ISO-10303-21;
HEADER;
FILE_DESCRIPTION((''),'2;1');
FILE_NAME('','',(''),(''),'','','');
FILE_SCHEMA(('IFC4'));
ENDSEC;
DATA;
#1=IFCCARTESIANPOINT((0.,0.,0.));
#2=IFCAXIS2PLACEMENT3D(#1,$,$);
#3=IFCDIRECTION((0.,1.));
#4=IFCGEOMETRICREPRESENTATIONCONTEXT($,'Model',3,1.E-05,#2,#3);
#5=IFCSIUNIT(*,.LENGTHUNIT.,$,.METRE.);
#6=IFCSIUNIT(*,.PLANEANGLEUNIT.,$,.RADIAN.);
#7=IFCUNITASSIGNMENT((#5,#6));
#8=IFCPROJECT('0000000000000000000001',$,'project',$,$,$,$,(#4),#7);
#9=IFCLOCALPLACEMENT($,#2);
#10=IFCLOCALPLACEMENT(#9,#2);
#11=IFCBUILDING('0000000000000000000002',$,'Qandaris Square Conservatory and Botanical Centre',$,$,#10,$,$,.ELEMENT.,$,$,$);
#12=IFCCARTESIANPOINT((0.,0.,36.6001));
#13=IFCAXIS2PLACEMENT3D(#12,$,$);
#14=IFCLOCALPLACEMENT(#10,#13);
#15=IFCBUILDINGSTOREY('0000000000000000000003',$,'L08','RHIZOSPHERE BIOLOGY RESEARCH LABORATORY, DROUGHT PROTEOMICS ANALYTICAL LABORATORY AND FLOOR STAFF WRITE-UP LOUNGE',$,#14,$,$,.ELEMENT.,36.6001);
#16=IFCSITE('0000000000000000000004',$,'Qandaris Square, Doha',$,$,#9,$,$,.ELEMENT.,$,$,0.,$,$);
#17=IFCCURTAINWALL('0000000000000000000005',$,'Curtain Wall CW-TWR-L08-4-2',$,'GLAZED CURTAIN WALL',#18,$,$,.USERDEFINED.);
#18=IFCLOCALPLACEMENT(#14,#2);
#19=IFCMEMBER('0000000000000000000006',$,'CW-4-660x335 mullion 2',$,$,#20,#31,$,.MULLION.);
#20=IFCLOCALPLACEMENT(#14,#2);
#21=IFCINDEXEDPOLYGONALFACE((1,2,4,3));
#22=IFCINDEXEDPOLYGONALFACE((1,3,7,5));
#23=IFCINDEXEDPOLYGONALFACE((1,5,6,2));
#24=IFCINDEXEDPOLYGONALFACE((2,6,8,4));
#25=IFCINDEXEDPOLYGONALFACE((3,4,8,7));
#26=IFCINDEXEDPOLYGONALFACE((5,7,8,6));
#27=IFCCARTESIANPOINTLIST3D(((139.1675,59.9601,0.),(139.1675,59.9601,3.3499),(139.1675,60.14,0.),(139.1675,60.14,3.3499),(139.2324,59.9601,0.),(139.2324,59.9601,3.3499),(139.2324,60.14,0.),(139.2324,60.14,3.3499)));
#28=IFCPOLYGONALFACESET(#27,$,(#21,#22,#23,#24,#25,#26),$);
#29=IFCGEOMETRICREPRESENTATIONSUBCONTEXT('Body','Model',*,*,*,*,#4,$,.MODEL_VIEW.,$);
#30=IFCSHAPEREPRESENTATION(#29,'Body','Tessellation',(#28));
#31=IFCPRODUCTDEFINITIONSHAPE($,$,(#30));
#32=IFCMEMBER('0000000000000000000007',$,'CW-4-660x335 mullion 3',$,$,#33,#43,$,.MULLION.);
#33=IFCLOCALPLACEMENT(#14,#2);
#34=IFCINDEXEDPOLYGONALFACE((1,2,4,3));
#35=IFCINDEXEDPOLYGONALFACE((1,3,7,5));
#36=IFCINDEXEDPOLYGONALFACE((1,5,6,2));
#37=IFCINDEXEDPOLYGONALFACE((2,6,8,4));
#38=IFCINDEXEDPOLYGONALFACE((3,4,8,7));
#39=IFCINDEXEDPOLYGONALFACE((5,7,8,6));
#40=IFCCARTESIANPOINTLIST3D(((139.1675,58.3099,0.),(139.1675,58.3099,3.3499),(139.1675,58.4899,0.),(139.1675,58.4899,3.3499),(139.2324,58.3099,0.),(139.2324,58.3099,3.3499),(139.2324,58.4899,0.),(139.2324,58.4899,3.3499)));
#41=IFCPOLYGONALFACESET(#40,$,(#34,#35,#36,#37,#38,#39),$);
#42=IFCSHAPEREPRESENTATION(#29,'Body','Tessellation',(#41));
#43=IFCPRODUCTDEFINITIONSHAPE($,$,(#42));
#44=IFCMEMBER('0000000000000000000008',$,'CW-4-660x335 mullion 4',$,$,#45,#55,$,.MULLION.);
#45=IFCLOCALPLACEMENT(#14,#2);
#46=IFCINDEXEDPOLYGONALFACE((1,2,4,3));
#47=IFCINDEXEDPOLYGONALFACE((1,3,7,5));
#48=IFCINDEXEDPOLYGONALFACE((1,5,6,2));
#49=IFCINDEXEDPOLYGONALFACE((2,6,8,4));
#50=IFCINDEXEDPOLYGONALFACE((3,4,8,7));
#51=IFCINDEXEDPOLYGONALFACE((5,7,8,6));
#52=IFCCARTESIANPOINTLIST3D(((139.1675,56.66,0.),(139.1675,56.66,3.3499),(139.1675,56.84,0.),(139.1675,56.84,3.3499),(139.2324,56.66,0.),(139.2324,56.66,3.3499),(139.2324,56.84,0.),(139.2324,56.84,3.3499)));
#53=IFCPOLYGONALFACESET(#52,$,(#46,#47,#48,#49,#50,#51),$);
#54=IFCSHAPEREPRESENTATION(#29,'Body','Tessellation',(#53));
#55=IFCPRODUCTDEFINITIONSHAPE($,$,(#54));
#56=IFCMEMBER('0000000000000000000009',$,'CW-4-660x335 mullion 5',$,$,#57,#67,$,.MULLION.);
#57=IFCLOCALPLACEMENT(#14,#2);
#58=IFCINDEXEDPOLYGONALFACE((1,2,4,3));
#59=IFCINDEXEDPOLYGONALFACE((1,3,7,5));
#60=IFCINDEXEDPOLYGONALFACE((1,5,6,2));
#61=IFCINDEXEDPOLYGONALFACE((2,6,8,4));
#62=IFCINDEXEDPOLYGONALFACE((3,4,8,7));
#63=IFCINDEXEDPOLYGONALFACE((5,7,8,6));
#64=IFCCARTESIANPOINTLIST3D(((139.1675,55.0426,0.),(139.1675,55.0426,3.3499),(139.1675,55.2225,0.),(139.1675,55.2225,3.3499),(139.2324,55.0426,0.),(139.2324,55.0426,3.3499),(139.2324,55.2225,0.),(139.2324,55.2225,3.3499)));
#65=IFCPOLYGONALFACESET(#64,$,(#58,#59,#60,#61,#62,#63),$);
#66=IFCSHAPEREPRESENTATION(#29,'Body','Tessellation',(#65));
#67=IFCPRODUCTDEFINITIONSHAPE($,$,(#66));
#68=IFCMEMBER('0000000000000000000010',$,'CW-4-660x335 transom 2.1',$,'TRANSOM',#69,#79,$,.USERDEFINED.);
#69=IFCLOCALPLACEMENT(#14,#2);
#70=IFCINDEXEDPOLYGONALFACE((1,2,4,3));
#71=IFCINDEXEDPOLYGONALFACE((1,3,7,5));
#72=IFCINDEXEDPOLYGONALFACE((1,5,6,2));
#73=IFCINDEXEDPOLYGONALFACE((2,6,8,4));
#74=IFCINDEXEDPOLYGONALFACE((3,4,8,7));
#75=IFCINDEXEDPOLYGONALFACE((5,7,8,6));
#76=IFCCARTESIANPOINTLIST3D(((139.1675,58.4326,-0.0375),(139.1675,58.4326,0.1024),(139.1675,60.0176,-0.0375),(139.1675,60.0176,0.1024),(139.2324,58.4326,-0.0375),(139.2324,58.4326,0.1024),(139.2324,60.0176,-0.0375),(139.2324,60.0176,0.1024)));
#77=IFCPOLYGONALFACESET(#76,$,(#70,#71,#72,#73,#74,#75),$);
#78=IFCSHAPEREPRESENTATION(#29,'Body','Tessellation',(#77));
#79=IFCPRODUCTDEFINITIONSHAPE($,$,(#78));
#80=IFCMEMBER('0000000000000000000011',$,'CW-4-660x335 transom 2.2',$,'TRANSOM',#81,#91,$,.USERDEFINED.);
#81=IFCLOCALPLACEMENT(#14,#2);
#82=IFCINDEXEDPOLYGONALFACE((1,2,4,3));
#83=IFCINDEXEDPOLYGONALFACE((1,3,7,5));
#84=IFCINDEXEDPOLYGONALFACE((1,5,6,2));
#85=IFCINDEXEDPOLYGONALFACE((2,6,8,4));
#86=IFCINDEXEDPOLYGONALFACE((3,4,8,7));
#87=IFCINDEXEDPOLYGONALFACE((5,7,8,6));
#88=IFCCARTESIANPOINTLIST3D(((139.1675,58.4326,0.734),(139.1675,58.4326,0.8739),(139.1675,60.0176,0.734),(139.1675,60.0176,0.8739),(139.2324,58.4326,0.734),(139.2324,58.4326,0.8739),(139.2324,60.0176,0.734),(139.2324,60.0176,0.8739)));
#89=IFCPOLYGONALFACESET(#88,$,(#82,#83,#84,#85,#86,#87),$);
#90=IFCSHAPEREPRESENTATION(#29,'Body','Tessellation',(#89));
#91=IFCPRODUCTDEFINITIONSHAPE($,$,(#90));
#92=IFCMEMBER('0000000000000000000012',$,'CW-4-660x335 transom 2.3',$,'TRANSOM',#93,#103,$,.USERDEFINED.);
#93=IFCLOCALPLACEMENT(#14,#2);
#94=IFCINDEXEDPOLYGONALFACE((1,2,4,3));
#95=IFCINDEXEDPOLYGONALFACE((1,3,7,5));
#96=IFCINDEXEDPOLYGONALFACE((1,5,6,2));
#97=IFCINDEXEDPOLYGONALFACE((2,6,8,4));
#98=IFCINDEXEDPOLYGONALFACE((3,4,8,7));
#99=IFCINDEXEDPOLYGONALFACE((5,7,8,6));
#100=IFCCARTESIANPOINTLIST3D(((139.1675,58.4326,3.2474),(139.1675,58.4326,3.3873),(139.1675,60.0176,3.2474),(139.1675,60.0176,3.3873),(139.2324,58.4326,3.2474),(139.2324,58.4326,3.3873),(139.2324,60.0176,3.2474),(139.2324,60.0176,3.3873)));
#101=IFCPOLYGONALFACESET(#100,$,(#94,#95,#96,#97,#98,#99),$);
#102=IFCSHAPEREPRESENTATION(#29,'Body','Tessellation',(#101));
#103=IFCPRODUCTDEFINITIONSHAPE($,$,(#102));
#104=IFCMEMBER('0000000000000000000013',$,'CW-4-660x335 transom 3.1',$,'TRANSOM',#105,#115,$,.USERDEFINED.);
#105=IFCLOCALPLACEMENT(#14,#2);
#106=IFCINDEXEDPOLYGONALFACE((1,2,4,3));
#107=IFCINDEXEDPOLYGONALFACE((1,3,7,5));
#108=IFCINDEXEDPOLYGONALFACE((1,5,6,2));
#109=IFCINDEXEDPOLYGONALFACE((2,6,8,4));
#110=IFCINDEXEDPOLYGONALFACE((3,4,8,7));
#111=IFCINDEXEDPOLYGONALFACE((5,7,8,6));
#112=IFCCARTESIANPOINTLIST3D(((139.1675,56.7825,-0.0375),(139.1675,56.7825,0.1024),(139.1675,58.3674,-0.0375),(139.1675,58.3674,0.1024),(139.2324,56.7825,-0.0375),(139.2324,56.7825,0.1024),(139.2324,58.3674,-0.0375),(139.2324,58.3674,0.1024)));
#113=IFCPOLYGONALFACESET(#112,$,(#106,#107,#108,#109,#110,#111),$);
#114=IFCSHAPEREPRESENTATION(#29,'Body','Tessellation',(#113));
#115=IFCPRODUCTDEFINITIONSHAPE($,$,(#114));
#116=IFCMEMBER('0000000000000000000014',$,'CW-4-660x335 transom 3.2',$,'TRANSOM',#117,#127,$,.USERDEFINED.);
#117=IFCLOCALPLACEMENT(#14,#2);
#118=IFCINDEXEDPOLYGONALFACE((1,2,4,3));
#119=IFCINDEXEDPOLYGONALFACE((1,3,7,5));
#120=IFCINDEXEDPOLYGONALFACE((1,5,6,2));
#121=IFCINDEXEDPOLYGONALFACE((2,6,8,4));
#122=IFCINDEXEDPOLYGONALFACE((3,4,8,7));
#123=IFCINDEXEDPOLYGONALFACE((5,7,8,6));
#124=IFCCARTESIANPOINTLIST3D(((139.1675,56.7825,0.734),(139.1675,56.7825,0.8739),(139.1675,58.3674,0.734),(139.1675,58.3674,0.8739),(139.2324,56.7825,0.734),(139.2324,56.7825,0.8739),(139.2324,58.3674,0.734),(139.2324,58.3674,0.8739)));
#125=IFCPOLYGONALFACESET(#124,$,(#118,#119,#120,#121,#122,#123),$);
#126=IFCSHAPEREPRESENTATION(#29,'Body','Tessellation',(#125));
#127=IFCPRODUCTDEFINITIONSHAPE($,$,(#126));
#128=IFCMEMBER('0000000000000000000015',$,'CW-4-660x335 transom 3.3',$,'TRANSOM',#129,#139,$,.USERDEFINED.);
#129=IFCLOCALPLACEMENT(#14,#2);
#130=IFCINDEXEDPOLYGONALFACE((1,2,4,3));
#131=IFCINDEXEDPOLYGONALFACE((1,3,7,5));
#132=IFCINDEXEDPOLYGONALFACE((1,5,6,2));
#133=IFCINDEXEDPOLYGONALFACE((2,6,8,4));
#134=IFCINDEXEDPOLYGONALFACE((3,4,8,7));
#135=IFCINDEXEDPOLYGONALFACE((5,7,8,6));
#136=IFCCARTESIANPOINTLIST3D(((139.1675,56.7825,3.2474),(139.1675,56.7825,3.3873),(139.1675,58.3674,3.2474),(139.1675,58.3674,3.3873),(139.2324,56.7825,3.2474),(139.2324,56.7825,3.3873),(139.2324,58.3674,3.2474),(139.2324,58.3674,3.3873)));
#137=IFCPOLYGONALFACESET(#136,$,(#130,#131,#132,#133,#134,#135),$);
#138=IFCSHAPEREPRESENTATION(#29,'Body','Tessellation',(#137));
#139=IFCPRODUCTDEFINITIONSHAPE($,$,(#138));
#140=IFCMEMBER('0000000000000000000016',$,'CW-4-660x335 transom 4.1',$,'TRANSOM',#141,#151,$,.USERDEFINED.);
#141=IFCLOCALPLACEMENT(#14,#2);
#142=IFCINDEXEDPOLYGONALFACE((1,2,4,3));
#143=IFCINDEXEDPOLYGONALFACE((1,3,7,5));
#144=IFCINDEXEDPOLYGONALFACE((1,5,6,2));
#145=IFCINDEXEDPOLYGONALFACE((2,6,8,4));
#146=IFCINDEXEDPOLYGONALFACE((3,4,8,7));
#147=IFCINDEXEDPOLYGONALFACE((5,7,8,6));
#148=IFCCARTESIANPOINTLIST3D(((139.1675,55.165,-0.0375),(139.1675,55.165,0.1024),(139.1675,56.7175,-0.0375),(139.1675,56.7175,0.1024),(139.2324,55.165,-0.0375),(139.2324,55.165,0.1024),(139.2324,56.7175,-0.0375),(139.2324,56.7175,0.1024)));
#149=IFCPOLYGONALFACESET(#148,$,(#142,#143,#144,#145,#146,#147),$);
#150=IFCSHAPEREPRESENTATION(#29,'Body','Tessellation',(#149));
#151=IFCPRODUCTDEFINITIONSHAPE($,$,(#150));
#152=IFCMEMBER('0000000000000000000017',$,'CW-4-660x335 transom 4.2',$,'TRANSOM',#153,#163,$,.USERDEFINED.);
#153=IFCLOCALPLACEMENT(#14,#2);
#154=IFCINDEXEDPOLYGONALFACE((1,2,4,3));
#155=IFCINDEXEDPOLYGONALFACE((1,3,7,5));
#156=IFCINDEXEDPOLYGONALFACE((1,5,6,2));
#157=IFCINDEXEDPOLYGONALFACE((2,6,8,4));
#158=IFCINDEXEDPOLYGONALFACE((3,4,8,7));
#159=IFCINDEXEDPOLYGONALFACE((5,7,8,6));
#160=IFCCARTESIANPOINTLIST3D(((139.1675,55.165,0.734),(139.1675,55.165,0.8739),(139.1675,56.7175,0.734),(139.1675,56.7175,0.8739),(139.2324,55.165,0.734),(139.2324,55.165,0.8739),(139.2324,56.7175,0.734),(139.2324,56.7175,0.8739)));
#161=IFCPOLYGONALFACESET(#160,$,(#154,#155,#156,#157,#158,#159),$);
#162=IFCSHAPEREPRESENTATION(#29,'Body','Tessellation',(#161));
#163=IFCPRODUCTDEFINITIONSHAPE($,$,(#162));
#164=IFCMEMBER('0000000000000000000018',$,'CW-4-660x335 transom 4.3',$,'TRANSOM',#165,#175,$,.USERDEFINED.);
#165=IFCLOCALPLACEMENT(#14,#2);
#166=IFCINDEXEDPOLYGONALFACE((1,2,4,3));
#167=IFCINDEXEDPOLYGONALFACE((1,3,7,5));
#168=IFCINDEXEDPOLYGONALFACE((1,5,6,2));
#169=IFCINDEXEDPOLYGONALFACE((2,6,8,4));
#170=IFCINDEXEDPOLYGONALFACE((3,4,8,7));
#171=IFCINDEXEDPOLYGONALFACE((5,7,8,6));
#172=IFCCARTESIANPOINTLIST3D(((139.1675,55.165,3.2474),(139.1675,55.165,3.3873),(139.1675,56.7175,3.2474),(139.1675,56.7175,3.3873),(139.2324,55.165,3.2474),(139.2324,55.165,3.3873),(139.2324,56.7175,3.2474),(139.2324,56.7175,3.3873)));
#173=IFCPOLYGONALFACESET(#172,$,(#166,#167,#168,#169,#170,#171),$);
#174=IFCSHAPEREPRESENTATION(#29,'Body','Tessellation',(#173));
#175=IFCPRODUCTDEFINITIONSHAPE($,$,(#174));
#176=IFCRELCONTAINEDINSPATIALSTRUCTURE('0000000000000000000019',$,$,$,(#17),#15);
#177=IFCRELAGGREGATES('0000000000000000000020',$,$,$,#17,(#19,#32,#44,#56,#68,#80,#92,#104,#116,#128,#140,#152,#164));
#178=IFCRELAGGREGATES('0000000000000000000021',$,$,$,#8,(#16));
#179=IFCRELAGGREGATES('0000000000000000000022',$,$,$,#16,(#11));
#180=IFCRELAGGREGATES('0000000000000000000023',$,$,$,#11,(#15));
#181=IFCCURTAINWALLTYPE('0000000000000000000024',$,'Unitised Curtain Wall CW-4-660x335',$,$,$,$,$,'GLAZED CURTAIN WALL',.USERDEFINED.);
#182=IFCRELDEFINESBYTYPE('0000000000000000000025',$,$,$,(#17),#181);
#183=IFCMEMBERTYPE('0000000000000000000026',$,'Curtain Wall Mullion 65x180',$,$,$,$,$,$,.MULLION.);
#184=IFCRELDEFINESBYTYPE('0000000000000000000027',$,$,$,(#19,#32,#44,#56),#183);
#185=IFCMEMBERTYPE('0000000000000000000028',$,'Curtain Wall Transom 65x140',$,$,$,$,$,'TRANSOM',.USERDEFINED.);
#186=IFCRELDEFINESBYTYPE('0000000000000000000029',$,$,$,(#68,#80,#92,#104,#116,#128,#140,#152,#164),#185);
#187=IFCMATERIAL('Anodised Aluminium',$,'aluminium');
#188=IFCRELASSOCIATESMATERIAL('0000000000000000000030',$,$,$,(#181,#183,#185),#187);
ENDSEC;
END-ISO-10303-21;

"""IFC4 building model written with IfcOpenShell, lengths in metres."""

from ifc_helpers import new_model, si_unit, direction, frame, origin, origin_2d, place, context, subcontext, project, spatial, rectangle, extrude, material, material_profile, profile_set, type_object, element, aggregate, save


model = new_model("IFC4")

# Units and contexts
model_context = context("Model", 3, precision=1e-05, world=origin(), true_north=direction((0.0, 1.0)))
body_context = subcontext(model_context, "Body", "Model", "MODEL_VIEW")
ifc_project = project(units=[si_unit("LENGTHUNIT", "METRE"), si_unit("PLANEANGLEUNIT", "RADIAN")], contexts=[model_context])

# Site, building, storey
site_placement = place(None, origin())
site = spatial("IfcSite", under=ifc_project, at=site_placement, Name="Qandaris Square, Doha", CompositionType="ELEMENT", RefElevation=0.0)
building_placement = place(site_placement, origin())
building = spatial("IfcBuilding", under=site, at=building_placement, Name="Qandaris Square Conservatory and Botanical Centre", CompositionType="ELEMENT")
storey_placement = place(building_placement, frame((0.0, 0.0, 36.6001)))
storey = spatial("IfcBuildingStorey", under=building, at=storey_placement, Name="L08", Description="RHIZOSPHERE BIOLOGY RESEARCH LABORATORY, DROUGHT PROTEOMICS ANALYTICAL LABORATORY AND FLOOR STAFF WRITE-UP LOUNGE", CompositionType="ELEMENT", Elevation=36.6001)

# Curtain wall, members
ifc_material_1 = material(Name="Anodised Aluminium", Category="aluminium")
curtain_wall_type = type_object("IfcCurtainWallType", Name="Unitised Curtain Wall CW-4-660x335", ElementType="GLAZED CURTAIN WALL", PredefinedType="USERDEFINED", material=ifc_material_1)
curtain_wall_placement = place(storey_placement, origin())
curtain_wall = element("IfcCurtainWall", 1, at=curtain_wall_placement, inside=storey, type_object=curtain_wall_type, Name="Curtain Wall CW-TWR-L08-4-2", ObjectType="GLAZED CURTAIN WALL", PredefinedType="USERDEFINED")
ifc_material_profile_1 = material_profile(ifc_material_1, rectangle(XDim=0.0649, YDim=0.1799, at=origin_2d()), Name="ALU-MUL 65x180")
ifc_profile_set_1 = profile_set([ifc_material_profile_1], Name="Anodised Aluminium")
member_type_1 = type_object("IfcMemberType", Name="Curtain Wall Mullion 65x180", PredefinedType="MULLION", material=ifc_profile_set_1)
member_1_placement = place(storey_placement, frame((139.2, 60.05, 0.0), z_axis=(0.0, 0.0, 1.0), x_axis=(1.0, 0.0, 0.0)))
member_1 = element("IfcMember", 2, at=member_1_placement, type_object=member_type_1, Name="CW-4-660x335 mullion 2", PredefinedType="MULLION", context=body_context, shape_type="SweptSolid", body=[
    extrude(rectangle(XDim=0.0649, YDim=0.1799, at=origin_2d()), origin(), (0.0, 0.0, 1.0), 3.3499),
])
member_2_placement = place(storey_placement, frame((139.2, 58.3999, 0.0), z_axis=(0.0, 0.0, 1.0), x_axis=(1.0, 0.0, 0.0)))
member_2 = element("IfcMember", 3, at=member_2_placement, type_object=member_type_1, Name="CW-4-660x335 mullion 3", PredefinedType="MULLION", context=body_context, shape_type="SweptSolid", body=[
    extrude(rectangle(XDim=0.0649, YDim=0.1799, at=origin_2d()), origin(), (0.0, 0.0, 1.0), 3.3499),
])
member_3_placement = place(storey_placement, frame((139.2, 56.75, 0.0), z_axis=(0.0, 0.0, 1.0), x_axis=(1.0, 0.0, 0.0)))
member_3 = element("IfcMember", 4, at=member_3_placement, type_object=member_type_1, Name="CW-4-660x335 mullion 4", PredefinedType="MULLION", context=body_context, shape_type="SweptSolid", body=[
    extrude(rectangle(XDim=0.0649, YDim=0.1799, at=origin_2d()), origin(), (0.0, 0.0, 1.0), 3.3499),
])
member_4_placement = place(storey_placement, frame((139.2, 55.1326, 0.0), z_axis=(0.0, 0.0, 1.0), x_axis=(1.0, 0.0, 0.0)))
member_4 = element("IfcMember", 5, at=member_4_placement, type_object=member_type_1, Name="CW-4-660x335 mullion 5", PredefinedType="MULLION", context=body_context, shape_type="SweptSolid", body=[
    extrude(rectangle(XDim=0.0649, YDim=0.1799, at=origin_2d()), origin(), (0.0, 0.0, 1.0), 3.3499),
])
ifc_material_profile_2 = material_profile(ifc_material_1, rectangle(XDim=0.0649, YDim=0.1399, at=origin_2d()), Name="ALU-TRN 65x140")
ifc_profile_set_2 = profile_set([ifc_material_profile_2], Name="Anodised Aluminium")
member_type_2 = type_object("IfcMemberType", Name="Curtain Wall Transom 65x140", ElementType="TRANSOM", PredefinedType="USERDEFINED", material=ifc_profile_set_2)
member_5_placement = place(storey_placement, frame((139.2, 60.0176, 0.0325), z_axis=(0.0, -1.0, 0.0), x_axis=(1.0, 0.0, 0.0)))
member_5 = element("IfcMember", 6, at=member_5_placement, type_object=member_type_2, Name="CW-4-660x335 transom 2.1", ObjectType="TRANSOM", PredefinedType="USERDEFINED", context=body_context, shape_type="SweptSolid", body=[
    extrude(rectangle(XDim=0.0649, YDim=0.1399, at=origin_2d()), origin(), (0.0, 0.0, 1.0), 1.585),
])
member_6_placement = place(storey_placement, frame((139.2, 60.0176, 0.804), z_axis=(0.0, -1.0, 0.0), x_axis=(1.0, 0.0, 0.0)))
member_6 = element("IfcMember", 7, at=member_6_placement, type_object=member_type_2, Name="CW-4-660x335 transom 2.2", ObjectType="TRANSOM", PredefinedType="USERDEFINED", context=body_context, shape_type="SweptSolid", body=[
    extrude(rectangle(XDim=0.0649, YDim=0.1399, at=origin_2d()), origin(), (0.0, 0.0, 1.0), 1.585),
])
member_7_placement = place(storey_placement, frame((139.2, 60.0176, 3.3174), z_axis=(0.0, -1.0, 0.0), x_axis=(1.0, 0.0, 0.0)))
member_7 = element("IfcMember", 8, at=member_7_placement, type_object=member_type_2, Name="CW-4-660x335 transom 2.3", ObjectType="TRANSOM", PredefinedType="USERDEFINED", context=body_context, shape_type="SweptSolid", body=[
    extrude(rectangle(XDim=0.0649, YDim=0.1399, at=origin_2d()), origin(), (0.0, 0.0, 1.0), 1.585),
])
member_8_placement = place(storey_placement, frame((139.2, 58.3674, 0.0325), z_axis=(0.0, -1.0, 0.0), x_axis=(1.0, 0.0, 0.0)))
member_8 = element("IfcMember", 9, at=member_8_placement, type_object=member_type_2, Name="CW-4-660x335 transom 3.1", ObjectType="TRANSOM", PredefinedType="USERDEFINED", context=body_context, shape_type="SweptSolid", body=[
    extrude(rectangle(XDim=0.0649, YDim=0.1399, at=origin_2d()), origin(), (0.0, 0.0, 1.0), 1.585),
])
member_9_placement = place(storey_placement, frame((139.2, 58.3674, 0.804), z_axis=(0.0, -1.0, 0.0), x_axis=(1.0, 0.0, 0.0)))
member_9 = element("IfcMember", 10, at=member_9_placement, type_object=member_type_2, Name="CW-4-660x335 transom 3.2", ObjectType="TRANSOM", PredefinedType="USERDEFINED", context=body_context, shape_type="SweptSolid", body=[
    extrude(rectangle(XDim=0.0649, YDim=0.1399, at=origin_2d()), origin(), (0.0, 0.0, 1.0), 1.585),
])
member_10_placement = place(storey_placement, frame((139.2, 58.3674, 3.3174), z_axis=(0.0, -1.0, 0.0), x_axis=(1.0, 0.0, 0.0)))
member_10 = element("IfcMember", 11, at=member_10_placement, type_object=member_type_2, Name="CW-4-660x335 transom 3.3", ObjectType="TRANSOM", PredefinedType="USERDEFINED", context=body_context, shape_type="SweptSolid", body=[
    extrude(rectangle(XDim=0.0649, YDim=0.1399, at=origin_2d()), origin(), (0.0, 0.0, 1.0), 1.585),
])
member_11_placement = place(storey_placement, frame((139.2, 56.7175, 0.0325), z_axis=(0.0, -1.0, 0.0), x_axis=(1.0, 0.0, 0.0)))
member_11 = element("IfcMember", 12, at=member_11_placement, type_object=member_type_2, Name="CW-4-660x335 transom 4.1", ObjectType="TRANSOM", PredefinedType="USERDEFINED", context=body_context, shape_type="SweptSolid", body=[
    extrude(rectangle(XDim=0.0649, YDim=0.1399, at=origin_2d()), origin(), (0.0, 0.0, 1.0), 1.5525),
])
member_12_placement = place(storey_placement, frame((139.2, 56.7175, 0.804), z_axis=(0.0, -1.0, 0.0), x_axis=(1.0, 0.0, 0.0)))
member_12 = element("IfcMember", 13, at=member_12_placement, type_object=member_type_2, Name="CW-4-660x335 transom 4.2", ObjectType="TRANSOM", PredefinedType="USERDEFINED", context=body_context, shape_type="SweptSolid", body=[
    extrude(rectangle(XDim=0.0649, YDim=0.1399, at=origin_2d()), origin(), (0.0, 0.0, 1.0), 1.5525),
])
member_13_placement = place(storey_placement, frame((139.2, 56.7175, 3.3174), z_axis=(0.0, -1.0, 0.0), x_axis=(1.0, 0.0, 0.0)))
member_13 = element("IfcMember", 14, at=member_13_placement, type_object=member_type_2, Name="CW-4-660x335 transom 4.3", ObjectType="TRANSOM", PredefinedType="USERDEFINED", context=body_context, shape_type="SweptSolid", body=[
    extrude(rectangle(XDim=0.0649, YDim=0.1399, at=origin_2d()), origin(), (0.0, 0.0, 1.0), 1.5525),
])

aggregate(curtain_wall, [member_1, member_2, member_3, member_4, member_5, member_6, member_7, member_8, member_9, member_10, member_11, member_12, member_13])

save(model, "model.ifc")
